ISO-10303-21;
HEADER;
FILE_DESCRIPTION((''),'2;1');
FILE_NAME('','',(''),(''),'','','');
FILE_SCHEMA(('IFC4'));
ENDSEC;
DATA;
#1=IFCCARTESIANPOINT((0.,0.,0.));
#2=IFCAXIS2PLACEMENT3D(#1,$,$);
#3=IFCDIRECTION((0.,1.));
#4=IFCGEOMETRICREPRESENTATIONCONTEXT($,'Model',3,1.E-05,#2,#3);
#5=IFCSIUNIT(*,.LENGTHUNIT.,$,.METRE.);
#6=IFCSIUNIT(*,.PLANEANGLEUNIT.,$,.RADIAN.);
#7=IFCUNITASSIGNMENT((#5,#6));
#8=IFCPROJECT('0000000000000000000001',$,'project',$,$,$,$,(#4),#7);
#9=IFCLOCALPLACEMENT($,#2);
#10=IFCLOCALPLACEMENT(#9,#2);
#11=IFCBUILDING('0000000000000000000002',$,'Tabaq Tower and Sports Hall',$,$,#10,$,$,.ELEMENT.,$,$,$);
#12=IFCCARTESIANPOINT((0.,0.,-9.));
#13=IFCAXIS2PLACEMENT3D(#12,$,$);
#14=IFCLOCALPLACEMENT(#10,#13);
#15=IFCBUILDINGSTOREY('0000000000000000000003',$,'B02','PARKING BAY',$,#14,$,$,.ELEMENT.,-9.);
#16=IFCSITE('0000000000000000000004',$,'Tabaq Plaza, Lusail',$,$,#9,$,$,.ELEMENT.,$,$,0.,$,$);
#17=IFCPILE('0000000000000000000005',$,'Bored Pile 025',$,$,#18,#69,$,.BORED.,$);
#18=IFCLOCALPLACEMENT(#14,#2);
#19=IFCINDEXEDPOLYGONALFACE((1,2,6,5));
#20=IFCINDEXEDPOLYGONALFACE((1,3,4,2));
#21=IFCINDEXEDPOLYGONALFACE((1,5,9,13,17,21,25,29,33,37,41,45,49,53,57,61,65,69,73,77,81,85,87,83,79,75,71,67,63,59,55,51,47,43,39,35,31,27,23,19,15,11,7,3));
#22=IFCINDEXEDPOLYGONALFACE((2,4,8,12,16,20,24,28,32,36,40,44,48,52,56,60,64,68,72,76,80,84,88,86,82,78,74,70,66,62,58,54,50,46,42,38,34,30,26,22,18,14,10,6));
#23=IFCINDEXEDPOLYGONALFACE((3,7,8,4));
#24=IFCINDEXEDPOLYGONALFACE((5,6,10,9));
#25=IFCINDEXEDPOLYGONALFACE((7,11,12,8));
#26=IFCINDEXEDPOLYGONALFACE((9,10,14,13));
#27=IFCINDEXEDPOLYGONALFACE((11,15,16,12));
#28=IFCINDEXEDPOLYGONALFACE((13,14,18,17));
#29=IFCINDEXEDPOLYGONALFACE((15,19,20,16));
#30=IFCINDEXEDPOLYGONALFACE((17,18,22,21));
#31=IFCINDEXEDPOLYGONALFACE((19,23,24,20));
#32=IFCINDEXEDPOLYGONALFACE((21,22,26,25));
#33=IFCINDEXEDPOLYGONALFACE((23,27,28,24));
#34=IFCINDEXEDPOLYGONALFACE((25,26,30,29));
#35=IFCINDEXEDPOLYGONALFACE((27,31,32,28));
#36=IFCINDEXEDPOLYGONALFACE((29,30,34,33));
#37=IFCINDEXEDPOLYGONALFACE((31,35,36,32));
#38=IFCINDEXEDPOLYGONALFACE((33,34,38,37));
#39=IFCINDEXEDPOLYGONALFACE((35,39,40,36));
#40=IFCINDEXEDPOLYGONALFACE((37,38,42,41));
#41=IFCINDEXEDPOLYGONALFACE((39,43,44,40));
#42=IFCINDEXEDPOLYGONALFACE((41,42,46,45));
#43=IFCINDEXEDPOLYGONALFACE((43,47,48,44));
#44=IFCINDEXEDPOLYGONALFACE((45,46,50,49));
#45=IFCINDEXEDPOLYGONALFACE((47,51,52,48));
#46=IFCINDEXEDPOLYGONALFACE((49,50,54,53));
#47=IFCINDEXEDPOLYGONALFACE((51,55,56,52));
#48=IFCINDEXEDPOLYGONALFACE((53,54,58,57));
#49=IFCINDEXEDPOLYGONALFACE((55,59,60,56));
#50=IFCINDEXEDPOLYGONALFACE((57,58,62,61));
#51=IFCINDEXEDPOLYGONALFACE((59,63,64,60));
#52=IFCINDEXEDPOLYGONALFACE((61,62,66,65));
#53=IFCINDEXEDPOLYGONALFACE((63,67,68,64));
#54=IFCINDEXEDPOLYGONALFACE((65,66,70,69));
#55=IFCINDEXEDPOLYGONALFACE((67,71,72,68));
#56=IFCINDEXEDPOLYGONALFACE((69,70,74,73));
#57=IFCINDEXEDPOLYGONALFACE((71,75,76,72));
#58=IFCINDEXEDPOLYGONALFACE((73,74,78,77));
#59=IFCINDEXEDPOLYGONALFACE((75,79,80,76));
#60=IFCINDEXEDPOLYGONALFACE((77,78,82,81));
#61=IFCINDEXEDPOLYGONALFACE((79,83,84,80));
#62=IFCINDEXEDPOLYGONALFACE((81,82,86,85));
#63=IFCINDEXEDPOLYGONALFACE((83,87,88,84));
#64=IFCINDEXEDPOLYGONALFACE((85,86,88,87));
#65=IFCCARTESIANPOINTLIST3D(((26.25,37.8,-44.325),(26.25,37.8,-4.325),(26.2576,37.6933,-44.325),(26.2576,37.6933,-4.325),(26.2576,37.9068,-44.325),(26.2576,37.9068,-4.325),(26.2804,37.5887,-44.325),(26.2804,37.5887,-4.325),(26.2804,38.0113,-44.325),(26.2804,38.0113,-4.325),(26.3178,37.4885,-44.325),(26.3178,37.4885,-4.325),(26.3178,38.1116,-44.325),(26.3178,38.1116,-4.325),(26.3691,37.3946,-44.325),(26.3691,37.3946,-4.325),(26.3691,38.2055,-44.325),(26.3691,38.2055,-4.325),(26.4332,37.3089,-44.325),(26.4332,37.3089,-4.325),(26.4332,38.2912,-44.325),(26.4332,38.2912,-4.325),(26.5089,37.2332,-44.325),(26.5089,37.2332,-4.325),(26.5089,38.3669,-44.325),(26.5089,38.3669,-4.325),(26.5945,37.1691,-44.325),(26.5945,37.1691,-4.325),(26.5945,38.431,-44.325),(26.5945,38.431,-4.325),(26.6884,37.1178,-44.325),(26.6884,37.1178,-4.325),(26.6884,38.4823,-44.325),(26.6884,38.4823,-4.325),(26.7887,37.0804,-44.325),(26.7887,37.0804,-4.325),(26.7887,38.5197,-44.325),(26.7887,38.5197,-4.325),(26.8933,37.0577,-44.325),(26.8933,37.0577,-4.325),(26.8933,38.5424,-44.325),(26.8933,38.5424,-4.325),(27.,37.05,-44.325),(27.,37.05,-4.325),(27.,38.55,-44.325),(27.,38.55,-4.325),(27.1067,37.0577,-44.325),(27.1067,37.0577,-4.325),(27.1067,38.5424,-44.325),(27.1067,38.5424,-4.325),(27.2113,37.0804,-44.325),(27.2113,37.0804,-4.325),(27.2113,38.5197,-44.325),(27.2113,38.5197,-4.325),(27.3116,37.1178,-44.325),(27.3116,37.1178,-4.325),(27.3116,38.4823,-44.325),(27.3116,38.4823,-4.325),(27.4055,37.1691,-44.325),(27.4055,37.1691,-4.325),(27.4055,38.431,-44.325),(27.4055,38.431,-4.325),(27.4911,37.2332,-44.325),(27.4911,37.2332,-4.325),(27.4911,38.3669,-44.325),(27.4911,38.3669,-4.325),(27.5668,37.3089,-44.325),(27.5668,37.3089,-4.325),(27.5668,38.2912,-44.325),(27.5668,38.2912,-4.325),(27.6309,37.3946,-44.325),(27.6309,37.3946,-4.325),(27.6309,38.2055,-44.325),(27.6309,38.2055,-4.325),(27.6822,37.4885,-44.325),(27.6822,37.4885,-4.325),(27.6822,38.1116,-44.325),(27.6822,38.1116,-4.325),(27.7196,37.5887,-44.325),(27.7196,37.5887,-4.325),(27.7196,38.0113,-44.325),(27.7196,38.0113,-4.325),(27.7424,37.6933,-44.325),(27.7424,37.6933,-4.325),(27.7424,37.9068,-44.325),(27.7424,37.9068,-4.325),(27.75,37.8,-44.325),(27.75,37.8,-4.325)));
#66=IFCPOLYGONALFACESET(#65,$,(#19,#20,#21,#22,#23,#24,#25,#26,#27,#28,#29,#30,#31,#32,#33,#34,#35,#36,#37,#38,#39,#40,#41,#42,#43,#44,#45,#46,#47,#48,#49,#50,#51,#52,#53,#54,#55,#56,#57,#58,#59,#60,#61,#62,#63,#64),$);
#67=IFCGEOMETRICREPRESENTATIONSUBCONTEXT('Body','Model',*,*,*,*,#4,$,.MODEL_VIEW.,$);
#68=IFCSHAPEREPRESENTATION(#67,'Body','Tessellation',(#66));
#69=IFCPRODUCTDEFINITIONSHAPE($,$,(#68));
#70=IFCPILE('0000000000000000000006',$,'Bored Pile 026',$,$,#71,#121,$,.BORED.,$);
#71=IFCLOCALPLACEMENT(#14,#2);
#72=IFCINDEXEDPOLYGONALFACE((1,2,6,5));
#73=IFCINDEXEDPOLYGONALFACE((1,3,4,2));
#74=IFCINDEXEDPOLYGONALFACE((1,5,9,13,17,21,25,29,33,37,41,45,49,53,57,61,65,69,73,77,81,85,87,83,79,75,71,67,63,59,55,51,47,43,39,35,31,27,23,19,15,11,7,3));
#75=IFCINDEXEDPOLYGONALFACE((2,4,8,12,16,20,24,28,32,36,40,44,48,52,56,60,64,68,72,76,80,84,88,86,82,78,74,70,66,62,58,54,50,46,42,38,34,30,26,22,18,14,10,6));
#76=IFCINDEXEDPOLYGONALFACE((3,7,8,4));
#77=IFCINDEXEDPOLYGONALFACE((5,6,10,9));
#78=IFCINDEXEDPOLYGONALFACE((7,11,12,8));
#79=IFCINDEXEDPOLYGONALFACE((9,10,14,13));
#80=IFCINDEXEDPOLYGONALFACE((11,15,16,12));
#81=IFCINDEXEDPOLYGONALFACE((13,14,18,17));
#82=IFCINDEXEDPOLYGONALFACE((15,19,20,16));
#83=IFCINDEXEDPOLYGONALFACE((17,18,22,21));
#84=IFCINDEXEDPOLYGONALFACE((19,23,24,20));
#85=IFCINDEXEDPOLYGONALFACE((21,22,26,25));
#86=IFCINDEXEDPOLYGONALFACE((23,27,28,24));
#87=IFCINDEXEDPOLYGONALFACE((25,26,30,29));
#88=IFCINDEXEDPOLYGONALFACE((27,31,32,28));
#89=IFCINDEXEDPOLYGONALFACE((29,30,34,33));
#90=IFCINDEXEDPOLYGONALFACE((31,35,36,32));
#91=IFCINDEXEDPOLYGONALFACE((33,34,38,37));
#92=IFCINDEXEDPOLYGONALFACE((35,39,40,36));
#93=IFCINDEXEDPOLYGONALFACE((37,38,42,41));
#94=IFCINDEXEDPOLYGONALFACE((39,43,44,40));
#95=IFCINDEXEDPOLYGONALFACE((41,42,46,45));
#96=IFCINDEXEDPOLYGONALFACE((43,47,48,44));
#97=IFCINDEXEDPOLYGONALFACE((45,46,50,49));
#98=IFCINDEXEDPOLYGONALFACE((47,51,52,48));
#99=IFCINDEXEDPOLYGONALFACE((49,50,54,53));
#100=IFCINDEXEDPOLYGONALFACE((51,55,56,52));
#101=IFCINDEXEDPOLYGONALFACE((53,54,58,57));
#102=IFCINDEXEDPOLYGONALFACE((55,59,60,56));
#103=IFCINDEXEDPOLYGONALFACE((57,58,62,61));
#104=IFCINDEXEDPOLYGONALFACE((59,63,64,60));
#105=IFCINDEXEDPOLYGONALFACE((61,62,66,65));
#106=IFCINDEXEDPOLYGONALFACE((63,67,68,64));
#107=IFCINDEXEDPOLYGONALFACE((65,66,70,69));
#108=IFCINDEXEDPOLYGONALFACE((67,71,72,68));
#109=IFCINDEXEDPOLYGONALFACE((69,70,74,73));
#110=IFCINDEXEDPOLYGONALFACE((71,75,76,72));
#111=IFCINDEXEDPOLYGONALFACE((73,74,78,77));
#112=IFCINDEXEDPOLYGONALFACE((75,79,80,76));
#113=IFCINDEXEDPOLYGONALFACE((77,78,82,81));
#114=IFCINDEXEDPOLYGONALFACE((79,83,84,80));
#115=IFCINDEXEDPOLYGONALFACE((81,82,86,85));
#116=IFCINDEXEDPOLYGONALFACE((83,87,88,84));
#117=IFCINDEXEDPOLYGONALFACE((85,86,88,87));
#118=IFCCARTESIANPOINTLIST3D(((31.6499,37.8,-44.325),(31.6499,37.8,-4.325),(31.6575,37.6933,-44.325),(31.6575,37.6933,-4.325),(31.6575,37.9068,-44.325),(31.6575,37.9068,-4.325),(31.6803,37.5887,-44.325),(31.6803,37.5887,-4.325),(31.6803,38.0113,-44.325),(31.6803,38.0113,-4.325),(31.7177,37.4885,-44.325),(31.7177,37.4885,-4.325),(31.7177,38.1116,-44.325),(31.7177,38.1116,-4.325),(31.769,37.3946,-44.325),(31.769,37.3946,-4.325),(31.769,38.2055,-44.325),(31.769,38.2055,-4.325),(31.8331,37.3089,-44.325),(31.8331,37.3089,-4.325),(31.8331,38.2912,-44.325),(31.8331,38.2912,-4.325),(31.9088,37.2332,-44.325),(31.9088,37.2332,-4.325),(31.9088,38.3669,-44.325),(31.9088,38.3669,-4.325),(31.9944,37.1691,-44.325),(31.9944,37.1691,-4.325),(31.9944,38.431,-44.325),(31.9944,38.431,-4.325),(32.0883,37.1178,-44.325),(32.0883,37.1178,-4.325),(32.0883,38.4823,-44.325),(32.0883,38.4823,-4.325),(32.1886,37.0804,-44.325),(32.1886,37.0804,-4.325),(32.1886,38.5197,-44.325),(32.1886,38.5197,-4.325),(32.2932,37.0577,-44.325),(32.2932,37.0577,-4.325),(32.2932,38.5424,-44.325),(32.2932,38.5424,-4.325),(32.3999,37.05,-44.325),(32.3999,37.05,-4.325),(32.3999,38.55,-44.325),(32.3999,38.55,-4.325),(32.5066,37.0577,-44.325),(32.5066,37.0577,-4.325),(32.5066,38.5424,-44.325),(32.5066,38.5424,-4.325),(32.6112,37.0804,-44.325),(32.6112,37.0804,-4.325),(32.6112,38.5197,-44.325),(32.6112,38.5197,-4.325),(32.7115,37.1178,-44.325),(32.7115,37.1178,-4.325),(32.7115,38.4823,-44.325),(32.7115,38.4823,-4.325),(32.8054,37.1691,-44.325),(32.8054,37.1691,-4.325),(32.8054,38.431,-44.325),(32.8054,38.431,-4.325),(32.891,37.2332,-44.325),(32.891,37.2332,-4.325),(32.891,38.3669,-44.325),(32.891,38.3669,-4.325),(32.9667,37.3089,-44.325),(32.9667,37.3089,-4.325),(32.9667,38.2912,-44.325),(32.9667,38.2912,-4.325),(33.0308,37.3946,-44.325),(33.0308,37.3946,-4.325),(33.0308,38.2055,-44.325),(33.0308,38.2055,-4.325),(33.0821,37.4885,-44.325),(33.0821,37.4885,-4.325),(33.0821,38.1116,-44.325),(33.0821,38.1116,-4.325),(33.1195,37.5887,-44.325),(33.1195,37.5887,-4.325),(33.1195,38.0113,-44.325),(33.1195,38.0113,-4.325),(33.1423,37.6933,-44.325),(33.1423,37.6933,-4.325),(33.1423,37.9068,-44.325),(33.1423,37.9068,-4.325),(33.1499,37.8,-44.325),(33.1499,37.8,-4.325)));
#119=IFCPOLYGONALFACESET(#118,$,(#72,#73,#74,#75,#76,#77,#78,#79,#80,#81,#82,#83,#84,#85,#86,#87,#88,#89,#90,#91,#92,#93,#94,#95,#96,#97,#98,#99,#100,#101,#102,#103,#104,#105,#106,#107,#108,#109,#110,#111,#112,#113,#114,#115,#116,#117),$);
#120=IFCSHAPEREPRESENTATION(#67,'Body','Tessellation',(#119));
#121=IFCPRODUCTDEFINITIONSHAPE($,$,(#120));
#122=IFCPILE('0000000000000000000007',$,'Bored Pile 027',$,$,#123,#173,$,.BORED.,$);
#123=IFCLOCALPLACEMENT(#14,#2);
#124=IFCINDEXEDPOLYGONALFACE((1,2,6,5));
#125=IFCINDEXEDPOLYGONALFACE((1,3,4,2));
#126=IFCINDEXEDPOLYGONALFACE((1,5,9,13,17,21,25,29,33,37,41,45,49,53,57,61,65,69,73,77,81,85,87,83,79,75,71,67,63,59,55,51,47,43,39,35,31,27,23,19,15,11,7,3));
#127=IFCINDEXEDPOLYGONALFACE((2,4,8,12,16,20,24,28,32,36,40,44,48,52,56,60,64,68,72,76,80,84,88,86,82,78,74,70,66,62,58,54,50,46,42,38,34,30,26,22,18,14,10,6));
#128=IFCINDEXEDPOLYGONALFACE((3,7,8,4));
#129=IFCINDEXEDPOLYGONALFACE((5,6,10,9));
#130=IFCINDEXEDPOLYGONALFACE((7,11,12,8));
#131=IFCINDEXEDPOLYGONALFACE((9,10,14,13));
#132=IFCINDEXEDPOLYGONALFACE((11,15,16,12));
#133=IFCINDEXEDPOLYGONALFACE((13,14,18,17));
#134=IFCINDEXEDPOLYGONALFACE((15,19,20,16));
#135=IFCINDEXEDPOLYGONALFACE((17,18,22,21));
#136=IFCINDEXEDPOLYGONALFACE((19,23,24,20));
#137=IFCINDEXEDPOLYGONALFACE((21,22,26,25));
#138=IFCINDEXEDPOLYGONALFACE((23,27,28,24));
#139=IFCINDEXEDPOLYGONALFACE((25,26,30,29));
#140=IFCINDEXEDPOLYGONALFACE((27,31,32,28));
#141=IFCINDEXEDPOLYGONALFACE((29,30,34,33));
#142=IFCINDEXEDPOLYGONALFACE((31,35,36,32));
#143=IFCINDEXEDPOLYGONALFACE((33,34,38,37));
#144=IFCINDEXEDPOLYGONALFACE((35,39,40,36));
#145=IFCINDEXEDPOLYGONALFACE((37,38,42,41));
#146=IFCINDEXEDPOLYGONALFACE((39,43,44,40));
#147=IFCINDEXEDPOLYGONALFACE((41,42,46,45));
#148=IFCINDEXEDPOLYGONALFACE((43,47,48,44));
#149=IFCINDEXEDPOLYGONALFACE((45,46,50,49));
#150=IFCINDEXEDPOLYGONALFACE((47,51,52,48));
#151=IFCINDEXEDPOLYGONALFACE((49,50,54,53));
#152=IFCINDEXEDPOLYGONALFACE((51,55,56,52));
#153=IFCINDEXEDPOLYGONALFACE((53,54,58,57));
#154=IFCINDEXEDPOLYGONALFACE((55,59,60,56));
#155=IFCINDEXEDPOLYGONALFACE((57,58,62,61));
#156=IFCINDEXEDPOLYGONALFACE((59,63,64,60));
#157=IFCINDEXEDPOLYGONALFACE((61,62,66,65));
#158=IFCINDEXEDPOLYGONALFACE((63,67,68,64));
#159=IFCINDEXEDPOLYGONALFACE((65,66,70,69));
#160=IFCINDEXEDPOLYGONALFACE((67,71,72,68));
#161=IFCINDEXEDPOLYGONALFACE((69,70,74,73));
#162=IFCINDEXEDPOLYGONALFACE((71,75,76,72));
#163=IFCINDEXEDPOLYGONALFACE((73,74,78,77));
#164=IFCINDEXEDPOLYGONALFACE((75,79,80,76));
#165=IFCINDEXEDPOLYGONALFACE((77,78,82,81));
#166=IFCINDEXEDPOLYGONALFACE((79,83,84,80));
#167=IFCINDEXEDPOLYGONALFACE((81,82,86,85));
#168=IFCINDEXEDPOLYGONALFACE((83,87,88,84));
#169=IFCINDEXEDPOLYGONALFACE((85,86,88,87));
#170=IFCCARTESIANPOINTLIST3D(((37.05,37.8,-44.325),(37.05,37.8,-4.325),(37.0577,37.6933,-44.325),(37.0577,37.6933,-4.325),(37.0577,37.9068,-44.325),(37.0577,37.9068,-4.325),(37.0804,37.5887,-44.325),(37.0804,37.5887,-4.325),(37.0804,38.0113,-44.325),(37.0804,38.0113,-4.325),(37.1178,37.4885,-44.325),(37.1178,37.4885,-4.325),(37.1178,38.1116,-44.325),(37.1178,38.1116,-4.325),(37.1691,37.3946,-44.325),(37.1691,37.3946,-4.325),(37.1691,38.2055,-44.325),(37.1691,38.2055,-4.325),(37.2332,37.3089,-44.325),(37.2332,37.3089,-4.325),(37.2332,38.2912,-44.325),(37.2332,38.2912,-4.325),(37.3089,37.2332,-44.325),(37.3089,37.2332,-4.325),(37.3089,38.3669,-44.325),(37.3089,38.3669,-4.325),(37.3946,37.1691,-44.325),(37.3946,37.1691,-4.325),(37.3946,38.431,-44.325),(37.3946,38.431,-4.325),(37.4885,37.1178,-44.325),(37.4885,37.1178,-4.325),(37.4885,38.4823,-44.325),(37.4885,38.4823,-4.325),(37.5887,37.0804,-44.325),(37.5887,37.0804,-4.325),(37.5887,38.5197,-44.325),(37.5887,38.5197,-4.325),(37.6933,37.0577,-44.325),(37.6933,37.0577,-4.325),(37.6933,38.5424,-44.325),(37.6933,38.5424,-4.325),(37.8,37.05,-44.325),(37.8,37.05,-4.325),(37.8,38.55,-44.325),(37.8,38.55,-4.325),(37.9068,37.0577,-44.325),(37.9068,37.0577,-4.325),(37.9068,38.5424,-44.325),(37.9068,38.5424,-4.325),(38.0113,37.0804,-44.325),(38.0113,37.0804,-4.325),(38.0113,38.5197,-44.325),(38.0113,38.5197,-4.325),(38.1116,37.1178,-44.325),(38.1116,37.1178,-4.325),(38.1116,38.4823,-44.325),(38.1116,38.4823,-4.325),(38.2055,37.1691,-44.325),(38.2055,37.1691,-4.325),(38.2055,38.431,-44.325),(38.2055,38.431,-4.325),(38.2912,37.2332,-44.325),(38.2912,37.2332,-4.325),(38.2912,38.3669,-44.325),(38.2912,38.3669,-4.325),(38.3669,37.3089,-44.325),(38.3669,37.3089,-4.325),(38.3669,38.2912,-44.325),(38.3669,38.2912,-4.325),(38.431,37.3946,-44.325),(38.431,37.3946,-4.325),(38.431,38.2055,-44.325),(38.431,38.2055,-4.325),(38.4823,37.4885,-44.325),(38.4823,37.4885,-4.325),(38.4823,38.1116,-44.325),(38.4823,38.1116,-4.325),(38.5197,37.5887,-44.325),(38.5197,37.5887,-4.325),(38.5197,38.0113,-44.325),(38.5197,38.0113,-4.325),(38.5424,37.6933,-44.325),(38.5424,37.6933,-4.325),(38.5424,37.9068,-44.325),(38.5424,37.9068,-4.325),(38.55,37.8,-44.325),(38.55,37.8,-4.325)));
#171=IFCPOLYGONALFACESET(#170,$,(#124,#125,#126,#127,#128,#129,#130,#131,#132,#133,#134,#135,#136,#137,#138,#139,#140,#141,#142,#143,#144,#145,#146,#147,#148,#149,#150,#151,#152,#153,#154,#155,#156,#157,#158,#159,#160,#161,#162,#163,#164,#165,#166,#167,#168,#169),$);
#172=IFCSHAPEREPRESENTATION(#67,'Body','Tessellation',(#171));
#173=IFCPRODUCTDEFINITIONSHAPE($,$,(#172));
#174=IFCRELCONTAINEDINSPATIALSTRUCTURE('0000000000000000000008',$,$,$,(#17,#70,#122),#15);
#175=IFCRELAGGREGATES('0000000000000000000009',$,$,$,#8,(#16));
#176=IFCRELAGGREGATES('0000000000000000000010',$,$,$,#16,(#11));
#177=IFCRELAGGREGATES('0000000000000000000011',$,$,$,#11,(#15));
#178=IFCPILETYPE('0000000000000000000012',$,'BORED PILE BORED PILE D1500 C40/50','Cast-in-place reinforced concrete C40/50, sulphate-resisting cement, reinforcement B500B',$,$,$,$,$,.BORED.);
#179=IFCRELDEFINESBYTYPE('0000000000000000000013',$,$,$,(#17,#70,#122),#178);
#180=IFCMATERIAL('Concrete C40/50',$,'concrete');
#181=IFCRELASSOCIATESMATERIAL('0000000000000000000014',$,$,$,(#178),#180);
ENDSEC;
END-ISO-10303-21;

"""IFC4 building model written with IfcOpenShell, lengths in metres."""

from ifc_helpers import new_model, si_unit, direction, frame, origin, origin_2d, place, context, subcontext, project, spatial, circle, extrude, material, material_profile, profile_set, type_object, element, save


model = new_model("IFC4")

# Units and contexts
model_context = context("Model", 3, precision=1e-05, world=origin(), true_north=direction((0.0, 1.0)))
body_context = subcontext(model_context, "Body", "Model", "MODEL_VIEW")
ifc_project = project(units=[si_unit("LENGTHUNIT", "METRE"), si_unit("PLANEANGLEUNIT", "RADIAN")], contexts=[model_context])

# Site, building, storey
site_placement = place(None, origin())
site = spatial("IfcSite", under=ifc_project, at=site_placement, Name="Tabaq Plaza, Lusail", CompositionType="ELEMENT", RefElevation=0.0)
building_placement = place(site_placement, origin())
building = spatial("IfcBuilding", under=site, at=building_placement, Name="Tabaq Tower and Sports Hall", CompositionType="ELEMENT")
storey_placement = place(building_placement, frame((0.0, 0.0, -9.0)))
storey = spatial("IfcBuildingStorey", under=building, at=storey_placement, Name="B02", Description="PARKING BAY", CompositionType="ELEMENT", Elevation=-9.0)

# Piles
ifc_material_1 = material(Name="Concrete C40/50", Category="concrete")
ifc_material_profile_1 = material_profile(ifc_material_1, circle(Radius=0.75, at=origin_2d()), Name="BORED PILE D1500")
ifc_profile_set_1 = profile_set([ifc_material_profile_1], Name="Concrete C40/50")
pile_type = type_object("IfcPileType", Name="BORED PILE BORED PILE D1500 C40/50", Description="Cast-in-place reinforced concrete C40/50, sulphate-resisting cement, reinforcement B500B", PredefinedType="BORED", material=ifc_profile_set_1)
for number, where, z_axis, x_axis, name in (
    (1, (27.0, 37.8, -4.325), (0.0, 0.0, -1.0), (1.0, 0.0, 0.0), "Bored Pile 025"),
    (2, (32.3999, 37.8, -4.325), (0.0, 0.0, -1.0), (1.0, 0.0, 0.0), "Bored Pile 026"),
    (3, (37.8, 37.8, -4.325), (0.0, 0.0, -1.0), (1.0, 0.0, 0.0), "Bored Pile 027"),
):
    element("IfcPile", number, at=place(storey_placement, frame(where, z_axis=z_axis, x_axis=x_axis)), inside=storey, type_object=pile_type, Name=name, PredefinedType="BORED", context=body_context, shape_type="SweptSolid", body=[
        extrude(circle(Radius=0.75, at=origin_2d()), origin(), (0.0, 0.0, 1.0), 40.0),
    ])

save(model, "model.ifc")
